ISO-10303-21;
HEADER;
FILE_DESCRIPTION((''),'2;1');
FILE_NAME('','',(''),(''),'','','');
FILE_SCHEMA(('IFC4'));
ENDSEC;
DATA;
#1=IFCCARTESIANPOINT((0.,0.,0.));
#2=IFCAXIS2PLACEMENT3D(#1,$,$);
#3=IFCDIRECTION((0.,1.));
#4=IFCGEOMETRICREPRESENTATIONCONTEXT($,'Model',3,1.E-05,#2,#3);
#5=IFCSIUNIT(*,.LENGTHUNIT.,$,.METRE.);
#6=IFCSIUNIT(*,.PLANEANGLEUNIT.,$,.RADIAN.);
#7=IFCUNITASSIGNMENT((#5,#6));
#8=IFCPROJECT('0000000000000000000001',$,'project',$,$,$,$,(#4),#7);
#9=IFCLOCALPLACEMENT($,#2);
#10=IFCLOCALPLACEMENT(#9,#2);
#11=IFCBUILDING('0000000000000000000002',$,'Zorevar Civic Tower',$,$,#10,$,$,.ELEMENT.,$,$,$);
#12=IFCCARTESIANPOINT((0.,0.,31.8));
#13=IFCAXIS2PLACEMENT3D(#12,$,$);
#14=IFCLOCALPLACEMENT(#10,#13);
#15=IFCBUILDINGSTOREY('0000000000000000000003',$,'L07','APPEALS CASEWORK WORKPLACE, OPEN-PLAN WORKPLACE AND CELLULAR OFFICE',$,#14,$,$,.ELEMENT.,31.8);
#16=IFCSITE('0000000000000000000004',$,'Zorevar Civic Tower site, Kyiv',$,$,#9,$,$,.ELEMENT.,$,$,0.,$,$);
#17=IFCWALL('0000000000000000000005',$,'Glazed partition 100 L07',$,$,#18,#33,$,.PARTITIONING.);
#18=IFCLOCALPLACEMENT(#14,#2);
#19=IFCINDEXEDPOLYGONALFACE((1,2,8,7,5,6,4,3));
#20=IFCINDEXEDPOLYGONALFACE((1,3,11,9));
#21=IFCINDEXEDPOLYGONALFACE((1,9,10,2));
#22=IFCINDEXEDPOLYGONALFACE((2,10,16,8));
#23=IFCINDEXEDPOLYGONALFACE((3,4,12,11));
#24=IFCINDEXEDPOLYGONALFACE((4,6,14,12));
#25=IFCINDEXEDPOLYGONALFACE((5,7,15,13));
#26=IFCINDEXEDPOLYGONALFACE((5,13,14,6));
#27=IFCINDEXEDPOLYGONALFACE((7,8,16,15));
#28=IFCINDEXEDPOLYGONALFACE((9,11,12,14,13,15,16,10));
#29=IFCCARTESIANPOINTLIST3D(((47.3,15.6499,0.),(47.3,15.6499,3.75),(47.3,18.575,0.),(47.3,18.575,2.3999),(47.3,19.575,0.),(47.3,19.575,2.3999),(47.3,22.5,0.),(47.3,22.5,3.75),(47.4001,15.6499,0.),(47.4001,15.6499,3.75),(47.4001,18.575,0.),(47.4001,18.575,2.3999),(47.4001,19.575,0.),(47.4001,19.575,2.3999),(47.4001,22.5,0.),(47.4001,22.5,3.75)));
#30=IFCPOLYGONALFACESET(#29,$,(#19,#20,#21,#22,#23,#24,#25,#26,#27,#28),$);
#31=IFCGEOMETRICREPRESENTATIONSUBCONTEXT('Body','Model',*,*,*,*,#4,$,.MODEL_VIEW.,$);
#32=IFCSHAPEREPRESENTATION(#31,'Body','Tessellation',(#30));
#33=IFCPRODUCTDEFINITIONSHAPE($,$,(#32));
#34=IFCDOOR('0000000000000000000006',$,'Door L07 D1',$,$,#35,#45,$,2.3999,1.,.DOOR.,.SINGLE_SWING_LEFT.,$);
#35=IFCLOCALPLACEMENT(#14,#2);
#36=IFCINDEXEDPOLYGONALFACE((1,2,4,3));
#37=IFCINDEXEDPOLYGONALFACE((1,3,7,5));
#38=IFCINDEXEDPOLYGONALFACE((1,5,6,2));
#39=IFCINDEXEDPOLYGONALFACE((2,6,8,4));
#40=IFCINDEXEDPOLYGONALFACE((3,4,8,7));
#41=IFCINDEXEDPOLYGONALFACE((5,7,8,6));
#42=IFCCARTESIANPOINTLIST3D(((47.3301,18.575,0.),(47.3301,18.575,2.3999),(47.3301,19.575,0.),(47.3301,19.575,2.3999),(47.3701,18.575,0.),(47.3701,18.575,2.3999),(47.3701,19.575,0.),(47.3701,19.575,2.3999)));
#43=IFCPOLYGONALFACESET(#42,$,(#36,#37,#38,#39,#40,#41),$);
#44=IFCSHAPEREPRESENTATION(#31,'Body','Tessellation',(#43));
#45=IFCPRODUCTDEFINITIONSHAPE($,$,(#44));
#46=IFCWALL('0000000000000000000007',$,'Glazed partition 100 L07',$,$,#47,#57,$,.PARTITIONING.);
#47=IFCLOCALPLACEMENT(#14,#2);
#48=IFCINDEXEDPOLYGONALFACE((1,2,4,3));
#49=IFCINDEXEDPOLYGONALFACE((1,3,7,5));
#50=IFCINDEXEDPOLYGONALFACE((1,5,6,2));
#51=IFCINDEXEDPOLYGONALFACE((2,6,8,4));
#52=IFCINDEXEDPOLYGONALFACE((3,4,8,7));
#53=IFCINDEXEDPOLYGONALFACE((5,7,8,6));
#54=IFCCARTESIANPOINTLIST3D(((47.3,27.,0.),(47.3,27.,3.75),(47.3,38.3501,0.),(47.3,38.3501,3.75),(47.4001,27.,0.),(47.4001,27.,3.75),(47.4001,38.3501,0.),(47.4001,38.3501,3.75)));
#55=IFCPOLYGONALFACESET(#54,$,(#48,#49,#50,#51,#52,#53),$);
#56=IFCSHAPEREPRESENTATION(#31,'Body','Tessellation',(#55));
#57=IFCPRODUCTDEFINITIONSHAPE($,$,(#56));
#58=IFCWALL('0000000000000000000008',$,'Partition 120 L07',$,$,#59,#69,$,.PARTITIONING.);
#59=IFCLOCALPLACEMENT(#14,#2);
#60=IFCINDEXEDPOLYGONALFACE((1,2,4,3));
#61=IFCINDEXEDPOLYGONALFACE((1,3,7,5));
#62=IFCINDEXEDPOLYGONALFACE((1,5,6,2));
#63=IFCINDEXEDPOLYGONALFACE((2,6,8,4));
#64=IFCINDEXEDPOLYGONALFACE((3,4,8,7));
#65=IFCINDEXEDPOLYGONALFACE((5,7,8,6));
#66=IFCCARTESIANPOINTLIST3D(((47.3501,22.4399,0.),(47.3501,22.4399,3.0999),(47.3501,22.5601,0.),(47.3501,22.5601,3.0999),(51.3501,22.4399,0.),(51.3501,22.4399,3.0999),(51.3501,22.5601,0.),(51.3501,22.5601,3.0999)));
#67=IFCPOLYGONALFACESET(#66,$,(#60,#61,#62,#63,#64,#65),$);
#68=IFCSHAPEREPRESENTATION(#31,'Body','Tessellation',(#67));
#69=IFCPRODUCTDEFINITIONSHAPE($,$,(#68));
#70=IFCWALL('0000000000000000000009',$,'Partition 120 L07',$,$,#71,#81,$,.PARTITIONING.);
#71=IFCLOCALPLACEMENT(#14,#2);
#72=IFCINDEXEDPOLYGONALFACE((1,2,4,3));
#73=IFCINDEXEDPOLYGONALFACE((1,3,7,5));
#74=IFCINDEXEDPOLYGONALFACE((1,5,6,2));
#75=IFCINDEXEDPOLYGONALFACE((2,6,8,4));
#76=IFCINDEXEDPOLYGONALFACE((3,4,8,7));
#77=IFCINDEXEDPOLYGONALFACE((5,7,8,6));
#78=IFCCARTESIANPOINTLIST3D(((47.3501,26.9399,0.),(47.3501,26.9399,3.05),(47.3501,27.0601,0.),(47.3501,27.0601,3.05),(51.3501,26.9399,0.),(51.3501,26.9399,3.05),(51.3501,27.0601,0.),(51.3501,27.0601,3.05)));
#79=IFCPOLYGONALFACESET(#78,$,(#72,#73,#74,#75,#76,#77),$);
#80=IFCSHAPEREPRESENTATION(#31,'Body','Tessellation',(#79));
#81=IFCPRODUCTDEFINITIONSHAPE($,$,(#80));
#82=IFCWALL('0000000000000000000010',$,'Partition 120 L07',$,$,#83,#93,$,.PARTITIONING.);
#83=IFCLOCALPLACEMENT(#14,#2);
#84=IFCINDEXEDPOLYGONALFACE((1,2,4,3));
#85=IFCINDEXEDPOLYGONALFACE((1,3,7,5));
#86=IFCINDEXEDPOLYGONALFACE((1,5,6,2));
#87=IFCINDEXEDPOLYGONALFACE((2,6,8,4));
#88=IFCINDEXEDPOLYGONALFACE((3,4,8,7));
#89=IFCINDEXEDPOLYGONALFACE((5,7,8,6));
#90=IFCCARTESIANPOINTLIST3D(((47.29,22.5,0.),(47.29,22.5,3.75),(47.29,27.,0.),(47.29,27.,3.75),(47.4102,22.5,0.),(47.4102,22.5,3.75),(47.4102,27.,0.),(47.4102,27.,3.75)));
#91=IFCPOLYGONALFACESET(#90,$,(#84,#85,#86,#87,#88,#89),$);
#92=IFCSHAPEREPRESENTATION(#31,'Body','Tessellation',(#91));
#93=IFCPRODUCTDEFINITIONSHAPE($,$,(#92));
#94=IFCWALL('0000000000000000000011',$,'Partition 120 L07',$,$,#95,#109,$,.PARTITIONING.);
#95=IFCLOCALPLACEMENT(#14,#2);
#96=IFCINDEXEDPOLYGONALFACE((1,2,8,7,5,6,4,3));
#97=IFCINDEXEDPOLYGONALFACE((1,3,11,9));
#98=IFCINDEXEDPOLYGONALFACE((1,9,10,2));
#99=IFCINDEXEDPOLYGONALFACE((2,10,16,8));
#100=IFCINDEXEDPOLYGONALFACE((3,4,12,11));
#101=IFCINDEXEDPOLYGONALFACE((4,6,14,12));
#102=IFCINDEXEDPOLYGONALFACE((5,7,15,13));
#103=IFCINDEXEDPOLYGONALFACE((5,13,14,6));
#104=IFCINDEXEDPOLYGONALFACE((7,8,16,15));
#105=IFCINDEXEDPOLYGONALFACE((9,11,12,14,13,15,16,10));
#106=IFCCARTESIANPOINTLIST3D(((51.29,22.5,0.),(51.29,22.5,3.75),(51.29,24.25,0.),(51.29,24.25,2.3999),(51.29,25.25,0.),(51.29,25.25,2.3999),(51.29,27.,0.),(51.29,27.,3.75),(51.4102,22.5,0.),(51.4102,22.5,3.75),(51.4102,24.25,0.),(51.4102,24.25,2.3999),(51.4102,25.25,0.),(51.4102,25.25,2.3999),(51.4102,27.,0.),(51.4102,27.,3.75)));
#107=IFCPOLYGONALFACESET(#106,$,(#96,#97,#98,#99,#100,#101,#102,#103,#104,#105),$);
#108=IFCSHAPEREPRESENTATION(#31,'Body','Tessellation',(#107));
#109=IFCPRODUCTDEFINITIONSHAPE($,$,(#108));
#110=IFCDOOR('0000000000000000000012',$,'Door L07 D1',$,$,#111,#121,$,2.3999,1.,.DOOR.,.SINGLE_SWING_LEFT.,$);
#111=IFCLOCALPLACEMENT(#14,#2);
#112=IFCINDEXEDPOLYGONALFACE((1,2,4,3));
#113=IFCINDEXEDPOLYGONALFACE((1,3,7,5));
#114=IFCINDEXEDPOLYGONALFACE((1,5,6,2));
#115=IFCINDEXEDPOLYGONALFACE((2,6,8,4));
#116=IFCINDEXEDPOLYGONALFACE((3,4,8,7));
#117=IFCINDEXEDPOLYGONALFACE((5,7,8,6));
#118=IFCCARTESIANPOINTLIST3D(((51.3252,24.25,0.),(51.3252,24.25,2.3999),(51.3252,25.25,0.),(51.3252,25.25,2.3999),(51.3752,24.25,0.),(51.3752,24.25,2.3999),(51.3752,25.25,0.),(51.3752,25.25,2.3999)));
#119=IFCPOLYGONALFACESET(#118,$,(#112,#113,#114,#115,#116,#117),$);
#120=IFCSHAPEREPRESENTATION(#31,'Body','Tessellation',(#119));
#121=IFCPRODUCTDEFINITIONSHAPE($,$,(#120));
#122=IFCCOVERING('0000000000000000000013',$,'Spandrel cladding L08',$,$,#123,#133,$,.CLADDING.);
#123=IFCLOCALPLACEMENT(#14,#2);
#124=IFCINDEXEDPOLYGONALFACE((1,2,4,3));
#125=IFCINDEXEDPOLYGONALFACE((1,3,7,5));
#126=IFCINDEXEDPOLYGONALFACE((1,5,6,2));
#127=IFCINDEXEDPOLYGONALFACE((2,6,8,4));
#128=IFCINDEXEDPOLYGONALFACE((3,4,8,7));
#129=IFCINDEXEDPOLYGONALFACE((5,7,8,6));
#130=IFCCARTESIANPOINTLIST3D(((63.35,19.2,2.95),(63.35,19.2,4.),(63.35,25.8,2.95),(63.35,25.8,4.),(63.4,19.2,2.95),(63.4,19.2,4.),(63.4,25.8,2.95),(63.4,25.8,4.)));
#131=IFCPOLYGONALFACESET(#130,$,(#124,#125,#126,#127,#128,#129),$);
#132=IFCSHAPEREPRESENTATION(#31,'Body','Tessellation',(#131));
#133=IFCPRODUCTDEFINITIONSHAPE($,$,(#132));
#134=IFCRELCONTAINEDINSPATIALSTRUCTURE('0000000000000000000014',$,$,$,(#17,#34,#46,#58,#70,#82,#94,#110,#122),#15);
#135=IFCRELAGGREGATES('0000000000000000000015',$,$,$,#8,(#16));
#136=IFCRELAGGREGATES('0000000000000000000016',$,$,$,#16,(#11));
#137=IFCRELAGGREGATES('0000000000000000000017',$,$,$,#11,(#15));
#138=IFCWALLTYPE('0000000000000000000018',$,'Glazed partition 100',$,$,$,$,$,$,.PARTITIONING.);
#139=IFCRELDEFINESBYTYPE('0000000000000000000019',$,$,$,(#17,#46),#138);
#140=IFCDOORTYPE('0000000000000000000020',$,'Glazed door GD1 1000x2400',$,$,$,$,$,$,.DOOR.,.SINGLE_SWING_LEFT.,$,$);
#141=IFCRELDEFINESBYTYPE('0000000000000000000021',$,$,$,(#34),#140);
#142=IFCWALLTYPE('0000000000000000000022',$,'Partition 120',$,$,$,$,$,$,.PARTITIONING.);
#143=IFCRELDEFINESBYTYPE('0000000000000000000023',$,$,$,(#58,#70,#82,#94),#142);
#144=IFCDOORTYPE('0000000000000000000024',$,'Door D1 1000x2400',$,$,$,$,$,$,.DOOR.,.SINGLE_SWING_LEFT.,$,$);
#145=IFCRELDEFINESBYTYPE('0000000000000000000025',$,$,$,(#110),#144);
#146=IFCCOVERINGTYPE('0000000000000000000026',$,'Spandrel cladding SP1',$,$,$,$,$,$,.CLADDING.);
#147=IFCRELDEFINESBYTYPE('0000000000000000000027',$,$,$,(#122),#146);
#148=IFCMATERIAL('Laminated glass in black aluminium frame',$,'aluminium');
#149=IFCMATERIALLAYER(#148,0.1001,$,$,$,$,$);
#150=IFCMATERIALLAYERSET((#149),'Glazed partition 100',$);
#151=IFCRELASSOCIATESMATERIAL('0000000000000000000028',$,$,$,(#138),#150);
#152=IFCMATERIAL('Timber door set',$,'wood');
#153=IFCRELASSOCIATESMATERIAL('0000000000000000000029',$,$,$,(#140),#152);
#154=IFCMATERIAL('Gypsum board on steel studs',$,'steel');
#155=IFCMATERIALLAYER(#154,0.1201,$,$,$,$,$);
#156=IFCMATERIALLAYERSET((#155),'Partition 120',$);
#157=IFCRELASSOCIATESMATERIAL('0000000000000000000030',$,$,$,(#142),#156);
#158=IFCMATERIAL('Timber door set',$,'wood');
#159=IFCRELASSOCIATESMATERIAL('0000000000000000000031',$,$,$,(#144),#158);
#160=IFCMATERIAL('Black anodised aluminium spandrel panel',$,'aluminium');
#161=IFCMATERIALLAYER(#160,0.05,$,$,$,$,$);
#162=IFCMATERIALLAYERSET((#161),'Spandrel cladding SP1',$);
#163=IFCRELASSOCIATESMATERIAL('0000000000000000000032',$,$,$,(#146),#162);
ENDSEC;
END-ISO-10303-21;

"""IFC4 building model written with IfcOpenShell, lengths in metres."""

from ifc_helpers import new_model, si_unit, direction, frame, frame_2d, origin, place, context, subcontext, project, spatial, rectangle, extrude, material, layer, layer_set, type_object, element, fill, save


model = new_model("IFC4")

# Units and contexts
model_context = context("Model", 3, precision=1e-05, world=origin(), true_north=direction((0.0, 1.0)))
body_context = subcontext(model_context, "Body", "Model", "MODEL_VIEW")
ifc_project = project(units=[si_unit("LENGTHUNIT", "METRE"), si_unit("PLANEANGLEUNIT", "RADIAN")], contexts=[model_context])

# Site, building, storey
site_placement = place(None, origin())
site = spatial("IfcSite", under=ifc_project, at=site_placement, Name="Zorevar Civic Tower site, Kyiv", CompositionType="ELEMENT", RefElevation=0.0)
building_placement = place(site_placement, origin())
building = spatial("IfcBuilding", under=site, at=building_placement, Name="Zorevar Civic Tower", CompositionType="ELEMENT")
storey_placement = place(building_placement, frame((0.0, 0.0, 31.8)))
storey = spatial("IfcBuildingStorey", under=building, at=storey_placement, Name="L07", Description="APPEALS CASEWORK WORKPLACE, OPEN-PLAN WORKPLACE AND CELLULAR OFFICE", CompositionType="ELEMENT", Elevation=31.8)

# Shared definitions
ifc_material_1 = material(Name="Laminated glass in black aluminium frame", Category="aluminium")
ifc_layer_1 = layer(ifc_material_1, 0.1001)
ifc_layer_set_1 = layer_set([ifc_layer_1], Name="Glazed partition 100")
wall_type_1 = type_object("IfcWallType", Name="Glazed partition 100", PredefinedType="PARTITIONING", material=ifc_layer_set_1)

# Wall, opening, door
wall_1_placement = place(storey_placement, frame((47.3501, 15.6499, 0.0), z_axis=(0.0, 0.0, 1.0), x_axis=(0.0, 1.0, 0.0)))
wall_1 = element("IfcWall", 1, at=wall_1_placement, inside=storey, type_object=wall_type_1, Name="Glazed partition 100 L07", PredefinedType="PARTITIONING", context=body_context, shape_type="SweptSolid", body=[
    extrude(rectangle(XDim=6.8501, YDim=0.1001, at=frame_2d((3.425, 0.0))), origin(), (0.0, 0.0, 1.0), 3.75),
])
opening_1_placement = place(wall_1_placement, frame((2.925, 0.0, 0.0)))
opening_1 = element("IfcOpeningElement", 2, at=opening_1_placement, cuts=wall_1, PredefinedType="OPENING", context=body_context, shape_type="SweptSolid", body=[
    extrude(rectangle(XDim=1.0, YDim=2.3999, at=frame_2d((0.5, 1.2))), frame((0.0, 0.0601, 0.0), z_axis=(0.0, -1.0, 0.0), x_axis=(1.0, 0.0, 0.0)), (0.0, 0.0, 1.0), 0.1201),
])
ifc_material_2 = material(Name="Timber door set", Category="wood")
door_type_1 = type_object("IfcDoorType", Name="Glazed door GD1 1000x2400", OperationType="SINGLE_SWING_LEFT", PredefinedType="DOOR", material=ifc_material_2)
door_1_placement = place(opening_1_placement, origin())
door_1 = element("IfcDoor", 3, at=door_1_placement, inside=storey, type_object=door_type_1, Name="Door L07 D1", OperationType="SINGLE_SWING_LEFT", OverallHeight=2.3999, OverallWidth=1.0, PredefinedType="DOOR", context=body_context, shape_type="SweptSolid", body=[
    extrude(rectangle(XDim=1.0, YDim=2.3999, at=frame_2d((0.5, 1.2))), frame((0.0, 0.02, 0.0), z_axis=(0.0, -1.0, 0.0), x_axis=(1.0, 0.0, 0.0)), (0.0, 0.0, 1.0), 0.04),
])
fill(opening_1, door_1)

# Walls
wall_2_placement = place(storey_placement, frame((47.3501, 27.0, 0.0), z_axis=(0.0, 0.0, 1.0), x_axis=(0.0, 1.0, 0.0)))
element("IfcWall", 4, at=wall_2_placement, inside=storey, type_object=wall_type_1, Name="Glazed partition 100 L07", PredefinedType="PARTITIONING", context=body_context, shape_type="SweptSolid", body=[
    extrude(rectangle(XDim=11.3501, YDim=0.1001, at=frame_2d((5.675, 0.0))), origin(), (0.0, 0.0, 1.0), 3.75),
])
ifc_material_3 = material(Name="Gypsum board on steel studs", Category="steel")
ifc_layer_2 = layer(ifc_material_3, 0.1201)
ifc_layer_set_2 = layer_set([ifc_layer_2], Name="Partition 120")
wall_type_2 = type_object("IfcWallType", Name="Partition 120", PredefinedType="PARTITIONING", material=ifc_layer_set_2)
wall_3_placement = place(storey_placement, frame((47.3501, 22.5, 0.0), z_axis=(0.0, 0.0, 1.0), x_axis=(1.0, 0.0, 0.0)))
element("IfcWall", 5, at=wall_3_placement, inside=storey, type_object=wall_type_2, Name="Partition 120 L07", PredefinedType="PARTITIONING", context=body_context, shape_type="SweptSolid", body=[
    extrude(rectangle(XDim=4.0, YDim=0.1201, at=frame_2d((2.0, 0.0))), origin(), (0.0, 0.0, 1.0), 3.0999),
])
wall_4_placement = place(storey_placement, frame((47.3501, 27.0, 0.0), z_axis=(0.0, 0.0, 1.0), x_axis=(1.0, 0.0, 0.0)))
element("IfcWall", 6, at=wall_4_placement, inside=storey, type_object=wall_type_2, Name="Partition 120 L07", PredefinedType="PARTITIONING", context=body_context, shape_type="SweptSolid", body=[
    extrude(rectangle(XDim=4.0, YDim=0.1201, at=frame_2d((2.0, 0.0))), origin(), (0.0, 0.0, 1.0), 3.05),
])
wall_5_placement = place(storey_placement, frame((47.3501, 22.5, 0.0), z_axis=(0.0, 0.0, 1.0), x_axis=(0.0, 1.0, 0.0)))
element("IfcWall", 7, at=wall_5_placement, inside=storey, type_object=wall_type_2, Name="Partition 120 L07", PredefinedType="PARTITIONING", context=body_context, shape_type="SweptSolid", body=[
    extrude(rectangle(XDim=4.5, YDim=0.1201, at=frame_2d((2.25, 0.0))), origin(), (0.0, 0.0, 1.0), 3.75),
])

# Wall, opening, door
wall_6_placement = place(storey_placement, frame((51.3501, 22.5, 0.0), z_axis=(0.0, 0.0, 1.0), x_axis=(0.0, 1.0, 0.0)))
wall_6 = element("IfcWall", 8, at=wall_6_placement, inside=storey, type_object=wall_type_2, Name="Partition 120 L07", PredefinedType="PARTITIONING", context=body_context, shape_type="SweptSolid", body=[
    extrude(rectangle(XDim=4.5, YDim=0.1201, at=frame_2d((2.25, 0.0))), origin(), (0.0, 0.0, 1.0), 3.75),
])
opening_2_placement = place(wall_6_placement, frame((1.75, 0.0, 0.0)))
opening_2 = element("IfcOpeningElement", 9, at=opening_2_placement, cuts=wall_6, PredefinedType="OPENING", context=body_context, shape_type="SweptSolid", body=[
    extrude(rectangle(XDim=1.0, YDim=2.3999, at=frame_2d((0.5, 1.2))), frame((0.0, 0.0701, 0.0), z_axis=(0.0, -1.0, 0.0), x_axis=(1.0, 0.0, 0.0)), (0.0, 0.0, 1.0), 0.1401),
])
ifc_material_4 = material(Name="Timber door set", Category="wood")
door_type_2 = type_object("IfcDoorType", Name="Door D1 1000x2400", OperationType="SINGLE_SWING_LEFT", PredefinedType="DOOR", material=ifc_material_4)
door_2_placement = place(opening_2_placement, origin())
door_2 = element("IfcDoor", 10, at=door_2_placement, inside=storey, type_object=door_type_2, Name="Door L07 D1", OperationType="SINGLE_SWING_LEFT", OverallHeight=2.3999, OverallWidth=1.0, PredefinedType="DOOR", context=body_context, shape_type="SweptSolid", body=[
    extrude(rectangle(XDim=1.0, YDim=2.3999, at=frame_2d((0.5, 1.2))), frame((0.0, 0.0249, 0.0), z_axis=(0.0, -1.0, 0.0), x_axis=(1.0, 0.0, 0.0)), (0.0, 0.0, 1.0), 0.05),
])
fill(opening_2, door_2)

# Covering
ifc_material_5 = material(Name="Black anodised aluminium spandrel panel", Category="aluminium")
ifc_layer_3 = layer(ifc_material_5, 0.05)
ifc_layer_set_3 = layer_set([ifc_layer_3], Name="Spandrel cladding SP1")
covering_type = type_object("IfcCoveringType", Name="Spandrel cladding SP1", PredefinedType="CLADDING", material=ifc_layer_set_3)
covering_placement = place(storey_placement, frame((63.375, 19.2, 2.95), z_axis=(0.0, 0.0, 1.0), x_axis=(0.0, 1.0, 0.0)))
element("IfcCovering", 11, at=covering_placement, inside=storey, type_object=covering_type, Name="Spandrel cladding L08", PredefinedType="CLADDING", context=body_context, shape_type="SweptSolid", body=[
    extrude(rectangle(XDim=6.6001, YDim=0.05, at=frame_2d((3.3, 0.0))), origin(), (0.0, 0.0, 1.0), 1.05),
])

save(model, "model.ifc")
